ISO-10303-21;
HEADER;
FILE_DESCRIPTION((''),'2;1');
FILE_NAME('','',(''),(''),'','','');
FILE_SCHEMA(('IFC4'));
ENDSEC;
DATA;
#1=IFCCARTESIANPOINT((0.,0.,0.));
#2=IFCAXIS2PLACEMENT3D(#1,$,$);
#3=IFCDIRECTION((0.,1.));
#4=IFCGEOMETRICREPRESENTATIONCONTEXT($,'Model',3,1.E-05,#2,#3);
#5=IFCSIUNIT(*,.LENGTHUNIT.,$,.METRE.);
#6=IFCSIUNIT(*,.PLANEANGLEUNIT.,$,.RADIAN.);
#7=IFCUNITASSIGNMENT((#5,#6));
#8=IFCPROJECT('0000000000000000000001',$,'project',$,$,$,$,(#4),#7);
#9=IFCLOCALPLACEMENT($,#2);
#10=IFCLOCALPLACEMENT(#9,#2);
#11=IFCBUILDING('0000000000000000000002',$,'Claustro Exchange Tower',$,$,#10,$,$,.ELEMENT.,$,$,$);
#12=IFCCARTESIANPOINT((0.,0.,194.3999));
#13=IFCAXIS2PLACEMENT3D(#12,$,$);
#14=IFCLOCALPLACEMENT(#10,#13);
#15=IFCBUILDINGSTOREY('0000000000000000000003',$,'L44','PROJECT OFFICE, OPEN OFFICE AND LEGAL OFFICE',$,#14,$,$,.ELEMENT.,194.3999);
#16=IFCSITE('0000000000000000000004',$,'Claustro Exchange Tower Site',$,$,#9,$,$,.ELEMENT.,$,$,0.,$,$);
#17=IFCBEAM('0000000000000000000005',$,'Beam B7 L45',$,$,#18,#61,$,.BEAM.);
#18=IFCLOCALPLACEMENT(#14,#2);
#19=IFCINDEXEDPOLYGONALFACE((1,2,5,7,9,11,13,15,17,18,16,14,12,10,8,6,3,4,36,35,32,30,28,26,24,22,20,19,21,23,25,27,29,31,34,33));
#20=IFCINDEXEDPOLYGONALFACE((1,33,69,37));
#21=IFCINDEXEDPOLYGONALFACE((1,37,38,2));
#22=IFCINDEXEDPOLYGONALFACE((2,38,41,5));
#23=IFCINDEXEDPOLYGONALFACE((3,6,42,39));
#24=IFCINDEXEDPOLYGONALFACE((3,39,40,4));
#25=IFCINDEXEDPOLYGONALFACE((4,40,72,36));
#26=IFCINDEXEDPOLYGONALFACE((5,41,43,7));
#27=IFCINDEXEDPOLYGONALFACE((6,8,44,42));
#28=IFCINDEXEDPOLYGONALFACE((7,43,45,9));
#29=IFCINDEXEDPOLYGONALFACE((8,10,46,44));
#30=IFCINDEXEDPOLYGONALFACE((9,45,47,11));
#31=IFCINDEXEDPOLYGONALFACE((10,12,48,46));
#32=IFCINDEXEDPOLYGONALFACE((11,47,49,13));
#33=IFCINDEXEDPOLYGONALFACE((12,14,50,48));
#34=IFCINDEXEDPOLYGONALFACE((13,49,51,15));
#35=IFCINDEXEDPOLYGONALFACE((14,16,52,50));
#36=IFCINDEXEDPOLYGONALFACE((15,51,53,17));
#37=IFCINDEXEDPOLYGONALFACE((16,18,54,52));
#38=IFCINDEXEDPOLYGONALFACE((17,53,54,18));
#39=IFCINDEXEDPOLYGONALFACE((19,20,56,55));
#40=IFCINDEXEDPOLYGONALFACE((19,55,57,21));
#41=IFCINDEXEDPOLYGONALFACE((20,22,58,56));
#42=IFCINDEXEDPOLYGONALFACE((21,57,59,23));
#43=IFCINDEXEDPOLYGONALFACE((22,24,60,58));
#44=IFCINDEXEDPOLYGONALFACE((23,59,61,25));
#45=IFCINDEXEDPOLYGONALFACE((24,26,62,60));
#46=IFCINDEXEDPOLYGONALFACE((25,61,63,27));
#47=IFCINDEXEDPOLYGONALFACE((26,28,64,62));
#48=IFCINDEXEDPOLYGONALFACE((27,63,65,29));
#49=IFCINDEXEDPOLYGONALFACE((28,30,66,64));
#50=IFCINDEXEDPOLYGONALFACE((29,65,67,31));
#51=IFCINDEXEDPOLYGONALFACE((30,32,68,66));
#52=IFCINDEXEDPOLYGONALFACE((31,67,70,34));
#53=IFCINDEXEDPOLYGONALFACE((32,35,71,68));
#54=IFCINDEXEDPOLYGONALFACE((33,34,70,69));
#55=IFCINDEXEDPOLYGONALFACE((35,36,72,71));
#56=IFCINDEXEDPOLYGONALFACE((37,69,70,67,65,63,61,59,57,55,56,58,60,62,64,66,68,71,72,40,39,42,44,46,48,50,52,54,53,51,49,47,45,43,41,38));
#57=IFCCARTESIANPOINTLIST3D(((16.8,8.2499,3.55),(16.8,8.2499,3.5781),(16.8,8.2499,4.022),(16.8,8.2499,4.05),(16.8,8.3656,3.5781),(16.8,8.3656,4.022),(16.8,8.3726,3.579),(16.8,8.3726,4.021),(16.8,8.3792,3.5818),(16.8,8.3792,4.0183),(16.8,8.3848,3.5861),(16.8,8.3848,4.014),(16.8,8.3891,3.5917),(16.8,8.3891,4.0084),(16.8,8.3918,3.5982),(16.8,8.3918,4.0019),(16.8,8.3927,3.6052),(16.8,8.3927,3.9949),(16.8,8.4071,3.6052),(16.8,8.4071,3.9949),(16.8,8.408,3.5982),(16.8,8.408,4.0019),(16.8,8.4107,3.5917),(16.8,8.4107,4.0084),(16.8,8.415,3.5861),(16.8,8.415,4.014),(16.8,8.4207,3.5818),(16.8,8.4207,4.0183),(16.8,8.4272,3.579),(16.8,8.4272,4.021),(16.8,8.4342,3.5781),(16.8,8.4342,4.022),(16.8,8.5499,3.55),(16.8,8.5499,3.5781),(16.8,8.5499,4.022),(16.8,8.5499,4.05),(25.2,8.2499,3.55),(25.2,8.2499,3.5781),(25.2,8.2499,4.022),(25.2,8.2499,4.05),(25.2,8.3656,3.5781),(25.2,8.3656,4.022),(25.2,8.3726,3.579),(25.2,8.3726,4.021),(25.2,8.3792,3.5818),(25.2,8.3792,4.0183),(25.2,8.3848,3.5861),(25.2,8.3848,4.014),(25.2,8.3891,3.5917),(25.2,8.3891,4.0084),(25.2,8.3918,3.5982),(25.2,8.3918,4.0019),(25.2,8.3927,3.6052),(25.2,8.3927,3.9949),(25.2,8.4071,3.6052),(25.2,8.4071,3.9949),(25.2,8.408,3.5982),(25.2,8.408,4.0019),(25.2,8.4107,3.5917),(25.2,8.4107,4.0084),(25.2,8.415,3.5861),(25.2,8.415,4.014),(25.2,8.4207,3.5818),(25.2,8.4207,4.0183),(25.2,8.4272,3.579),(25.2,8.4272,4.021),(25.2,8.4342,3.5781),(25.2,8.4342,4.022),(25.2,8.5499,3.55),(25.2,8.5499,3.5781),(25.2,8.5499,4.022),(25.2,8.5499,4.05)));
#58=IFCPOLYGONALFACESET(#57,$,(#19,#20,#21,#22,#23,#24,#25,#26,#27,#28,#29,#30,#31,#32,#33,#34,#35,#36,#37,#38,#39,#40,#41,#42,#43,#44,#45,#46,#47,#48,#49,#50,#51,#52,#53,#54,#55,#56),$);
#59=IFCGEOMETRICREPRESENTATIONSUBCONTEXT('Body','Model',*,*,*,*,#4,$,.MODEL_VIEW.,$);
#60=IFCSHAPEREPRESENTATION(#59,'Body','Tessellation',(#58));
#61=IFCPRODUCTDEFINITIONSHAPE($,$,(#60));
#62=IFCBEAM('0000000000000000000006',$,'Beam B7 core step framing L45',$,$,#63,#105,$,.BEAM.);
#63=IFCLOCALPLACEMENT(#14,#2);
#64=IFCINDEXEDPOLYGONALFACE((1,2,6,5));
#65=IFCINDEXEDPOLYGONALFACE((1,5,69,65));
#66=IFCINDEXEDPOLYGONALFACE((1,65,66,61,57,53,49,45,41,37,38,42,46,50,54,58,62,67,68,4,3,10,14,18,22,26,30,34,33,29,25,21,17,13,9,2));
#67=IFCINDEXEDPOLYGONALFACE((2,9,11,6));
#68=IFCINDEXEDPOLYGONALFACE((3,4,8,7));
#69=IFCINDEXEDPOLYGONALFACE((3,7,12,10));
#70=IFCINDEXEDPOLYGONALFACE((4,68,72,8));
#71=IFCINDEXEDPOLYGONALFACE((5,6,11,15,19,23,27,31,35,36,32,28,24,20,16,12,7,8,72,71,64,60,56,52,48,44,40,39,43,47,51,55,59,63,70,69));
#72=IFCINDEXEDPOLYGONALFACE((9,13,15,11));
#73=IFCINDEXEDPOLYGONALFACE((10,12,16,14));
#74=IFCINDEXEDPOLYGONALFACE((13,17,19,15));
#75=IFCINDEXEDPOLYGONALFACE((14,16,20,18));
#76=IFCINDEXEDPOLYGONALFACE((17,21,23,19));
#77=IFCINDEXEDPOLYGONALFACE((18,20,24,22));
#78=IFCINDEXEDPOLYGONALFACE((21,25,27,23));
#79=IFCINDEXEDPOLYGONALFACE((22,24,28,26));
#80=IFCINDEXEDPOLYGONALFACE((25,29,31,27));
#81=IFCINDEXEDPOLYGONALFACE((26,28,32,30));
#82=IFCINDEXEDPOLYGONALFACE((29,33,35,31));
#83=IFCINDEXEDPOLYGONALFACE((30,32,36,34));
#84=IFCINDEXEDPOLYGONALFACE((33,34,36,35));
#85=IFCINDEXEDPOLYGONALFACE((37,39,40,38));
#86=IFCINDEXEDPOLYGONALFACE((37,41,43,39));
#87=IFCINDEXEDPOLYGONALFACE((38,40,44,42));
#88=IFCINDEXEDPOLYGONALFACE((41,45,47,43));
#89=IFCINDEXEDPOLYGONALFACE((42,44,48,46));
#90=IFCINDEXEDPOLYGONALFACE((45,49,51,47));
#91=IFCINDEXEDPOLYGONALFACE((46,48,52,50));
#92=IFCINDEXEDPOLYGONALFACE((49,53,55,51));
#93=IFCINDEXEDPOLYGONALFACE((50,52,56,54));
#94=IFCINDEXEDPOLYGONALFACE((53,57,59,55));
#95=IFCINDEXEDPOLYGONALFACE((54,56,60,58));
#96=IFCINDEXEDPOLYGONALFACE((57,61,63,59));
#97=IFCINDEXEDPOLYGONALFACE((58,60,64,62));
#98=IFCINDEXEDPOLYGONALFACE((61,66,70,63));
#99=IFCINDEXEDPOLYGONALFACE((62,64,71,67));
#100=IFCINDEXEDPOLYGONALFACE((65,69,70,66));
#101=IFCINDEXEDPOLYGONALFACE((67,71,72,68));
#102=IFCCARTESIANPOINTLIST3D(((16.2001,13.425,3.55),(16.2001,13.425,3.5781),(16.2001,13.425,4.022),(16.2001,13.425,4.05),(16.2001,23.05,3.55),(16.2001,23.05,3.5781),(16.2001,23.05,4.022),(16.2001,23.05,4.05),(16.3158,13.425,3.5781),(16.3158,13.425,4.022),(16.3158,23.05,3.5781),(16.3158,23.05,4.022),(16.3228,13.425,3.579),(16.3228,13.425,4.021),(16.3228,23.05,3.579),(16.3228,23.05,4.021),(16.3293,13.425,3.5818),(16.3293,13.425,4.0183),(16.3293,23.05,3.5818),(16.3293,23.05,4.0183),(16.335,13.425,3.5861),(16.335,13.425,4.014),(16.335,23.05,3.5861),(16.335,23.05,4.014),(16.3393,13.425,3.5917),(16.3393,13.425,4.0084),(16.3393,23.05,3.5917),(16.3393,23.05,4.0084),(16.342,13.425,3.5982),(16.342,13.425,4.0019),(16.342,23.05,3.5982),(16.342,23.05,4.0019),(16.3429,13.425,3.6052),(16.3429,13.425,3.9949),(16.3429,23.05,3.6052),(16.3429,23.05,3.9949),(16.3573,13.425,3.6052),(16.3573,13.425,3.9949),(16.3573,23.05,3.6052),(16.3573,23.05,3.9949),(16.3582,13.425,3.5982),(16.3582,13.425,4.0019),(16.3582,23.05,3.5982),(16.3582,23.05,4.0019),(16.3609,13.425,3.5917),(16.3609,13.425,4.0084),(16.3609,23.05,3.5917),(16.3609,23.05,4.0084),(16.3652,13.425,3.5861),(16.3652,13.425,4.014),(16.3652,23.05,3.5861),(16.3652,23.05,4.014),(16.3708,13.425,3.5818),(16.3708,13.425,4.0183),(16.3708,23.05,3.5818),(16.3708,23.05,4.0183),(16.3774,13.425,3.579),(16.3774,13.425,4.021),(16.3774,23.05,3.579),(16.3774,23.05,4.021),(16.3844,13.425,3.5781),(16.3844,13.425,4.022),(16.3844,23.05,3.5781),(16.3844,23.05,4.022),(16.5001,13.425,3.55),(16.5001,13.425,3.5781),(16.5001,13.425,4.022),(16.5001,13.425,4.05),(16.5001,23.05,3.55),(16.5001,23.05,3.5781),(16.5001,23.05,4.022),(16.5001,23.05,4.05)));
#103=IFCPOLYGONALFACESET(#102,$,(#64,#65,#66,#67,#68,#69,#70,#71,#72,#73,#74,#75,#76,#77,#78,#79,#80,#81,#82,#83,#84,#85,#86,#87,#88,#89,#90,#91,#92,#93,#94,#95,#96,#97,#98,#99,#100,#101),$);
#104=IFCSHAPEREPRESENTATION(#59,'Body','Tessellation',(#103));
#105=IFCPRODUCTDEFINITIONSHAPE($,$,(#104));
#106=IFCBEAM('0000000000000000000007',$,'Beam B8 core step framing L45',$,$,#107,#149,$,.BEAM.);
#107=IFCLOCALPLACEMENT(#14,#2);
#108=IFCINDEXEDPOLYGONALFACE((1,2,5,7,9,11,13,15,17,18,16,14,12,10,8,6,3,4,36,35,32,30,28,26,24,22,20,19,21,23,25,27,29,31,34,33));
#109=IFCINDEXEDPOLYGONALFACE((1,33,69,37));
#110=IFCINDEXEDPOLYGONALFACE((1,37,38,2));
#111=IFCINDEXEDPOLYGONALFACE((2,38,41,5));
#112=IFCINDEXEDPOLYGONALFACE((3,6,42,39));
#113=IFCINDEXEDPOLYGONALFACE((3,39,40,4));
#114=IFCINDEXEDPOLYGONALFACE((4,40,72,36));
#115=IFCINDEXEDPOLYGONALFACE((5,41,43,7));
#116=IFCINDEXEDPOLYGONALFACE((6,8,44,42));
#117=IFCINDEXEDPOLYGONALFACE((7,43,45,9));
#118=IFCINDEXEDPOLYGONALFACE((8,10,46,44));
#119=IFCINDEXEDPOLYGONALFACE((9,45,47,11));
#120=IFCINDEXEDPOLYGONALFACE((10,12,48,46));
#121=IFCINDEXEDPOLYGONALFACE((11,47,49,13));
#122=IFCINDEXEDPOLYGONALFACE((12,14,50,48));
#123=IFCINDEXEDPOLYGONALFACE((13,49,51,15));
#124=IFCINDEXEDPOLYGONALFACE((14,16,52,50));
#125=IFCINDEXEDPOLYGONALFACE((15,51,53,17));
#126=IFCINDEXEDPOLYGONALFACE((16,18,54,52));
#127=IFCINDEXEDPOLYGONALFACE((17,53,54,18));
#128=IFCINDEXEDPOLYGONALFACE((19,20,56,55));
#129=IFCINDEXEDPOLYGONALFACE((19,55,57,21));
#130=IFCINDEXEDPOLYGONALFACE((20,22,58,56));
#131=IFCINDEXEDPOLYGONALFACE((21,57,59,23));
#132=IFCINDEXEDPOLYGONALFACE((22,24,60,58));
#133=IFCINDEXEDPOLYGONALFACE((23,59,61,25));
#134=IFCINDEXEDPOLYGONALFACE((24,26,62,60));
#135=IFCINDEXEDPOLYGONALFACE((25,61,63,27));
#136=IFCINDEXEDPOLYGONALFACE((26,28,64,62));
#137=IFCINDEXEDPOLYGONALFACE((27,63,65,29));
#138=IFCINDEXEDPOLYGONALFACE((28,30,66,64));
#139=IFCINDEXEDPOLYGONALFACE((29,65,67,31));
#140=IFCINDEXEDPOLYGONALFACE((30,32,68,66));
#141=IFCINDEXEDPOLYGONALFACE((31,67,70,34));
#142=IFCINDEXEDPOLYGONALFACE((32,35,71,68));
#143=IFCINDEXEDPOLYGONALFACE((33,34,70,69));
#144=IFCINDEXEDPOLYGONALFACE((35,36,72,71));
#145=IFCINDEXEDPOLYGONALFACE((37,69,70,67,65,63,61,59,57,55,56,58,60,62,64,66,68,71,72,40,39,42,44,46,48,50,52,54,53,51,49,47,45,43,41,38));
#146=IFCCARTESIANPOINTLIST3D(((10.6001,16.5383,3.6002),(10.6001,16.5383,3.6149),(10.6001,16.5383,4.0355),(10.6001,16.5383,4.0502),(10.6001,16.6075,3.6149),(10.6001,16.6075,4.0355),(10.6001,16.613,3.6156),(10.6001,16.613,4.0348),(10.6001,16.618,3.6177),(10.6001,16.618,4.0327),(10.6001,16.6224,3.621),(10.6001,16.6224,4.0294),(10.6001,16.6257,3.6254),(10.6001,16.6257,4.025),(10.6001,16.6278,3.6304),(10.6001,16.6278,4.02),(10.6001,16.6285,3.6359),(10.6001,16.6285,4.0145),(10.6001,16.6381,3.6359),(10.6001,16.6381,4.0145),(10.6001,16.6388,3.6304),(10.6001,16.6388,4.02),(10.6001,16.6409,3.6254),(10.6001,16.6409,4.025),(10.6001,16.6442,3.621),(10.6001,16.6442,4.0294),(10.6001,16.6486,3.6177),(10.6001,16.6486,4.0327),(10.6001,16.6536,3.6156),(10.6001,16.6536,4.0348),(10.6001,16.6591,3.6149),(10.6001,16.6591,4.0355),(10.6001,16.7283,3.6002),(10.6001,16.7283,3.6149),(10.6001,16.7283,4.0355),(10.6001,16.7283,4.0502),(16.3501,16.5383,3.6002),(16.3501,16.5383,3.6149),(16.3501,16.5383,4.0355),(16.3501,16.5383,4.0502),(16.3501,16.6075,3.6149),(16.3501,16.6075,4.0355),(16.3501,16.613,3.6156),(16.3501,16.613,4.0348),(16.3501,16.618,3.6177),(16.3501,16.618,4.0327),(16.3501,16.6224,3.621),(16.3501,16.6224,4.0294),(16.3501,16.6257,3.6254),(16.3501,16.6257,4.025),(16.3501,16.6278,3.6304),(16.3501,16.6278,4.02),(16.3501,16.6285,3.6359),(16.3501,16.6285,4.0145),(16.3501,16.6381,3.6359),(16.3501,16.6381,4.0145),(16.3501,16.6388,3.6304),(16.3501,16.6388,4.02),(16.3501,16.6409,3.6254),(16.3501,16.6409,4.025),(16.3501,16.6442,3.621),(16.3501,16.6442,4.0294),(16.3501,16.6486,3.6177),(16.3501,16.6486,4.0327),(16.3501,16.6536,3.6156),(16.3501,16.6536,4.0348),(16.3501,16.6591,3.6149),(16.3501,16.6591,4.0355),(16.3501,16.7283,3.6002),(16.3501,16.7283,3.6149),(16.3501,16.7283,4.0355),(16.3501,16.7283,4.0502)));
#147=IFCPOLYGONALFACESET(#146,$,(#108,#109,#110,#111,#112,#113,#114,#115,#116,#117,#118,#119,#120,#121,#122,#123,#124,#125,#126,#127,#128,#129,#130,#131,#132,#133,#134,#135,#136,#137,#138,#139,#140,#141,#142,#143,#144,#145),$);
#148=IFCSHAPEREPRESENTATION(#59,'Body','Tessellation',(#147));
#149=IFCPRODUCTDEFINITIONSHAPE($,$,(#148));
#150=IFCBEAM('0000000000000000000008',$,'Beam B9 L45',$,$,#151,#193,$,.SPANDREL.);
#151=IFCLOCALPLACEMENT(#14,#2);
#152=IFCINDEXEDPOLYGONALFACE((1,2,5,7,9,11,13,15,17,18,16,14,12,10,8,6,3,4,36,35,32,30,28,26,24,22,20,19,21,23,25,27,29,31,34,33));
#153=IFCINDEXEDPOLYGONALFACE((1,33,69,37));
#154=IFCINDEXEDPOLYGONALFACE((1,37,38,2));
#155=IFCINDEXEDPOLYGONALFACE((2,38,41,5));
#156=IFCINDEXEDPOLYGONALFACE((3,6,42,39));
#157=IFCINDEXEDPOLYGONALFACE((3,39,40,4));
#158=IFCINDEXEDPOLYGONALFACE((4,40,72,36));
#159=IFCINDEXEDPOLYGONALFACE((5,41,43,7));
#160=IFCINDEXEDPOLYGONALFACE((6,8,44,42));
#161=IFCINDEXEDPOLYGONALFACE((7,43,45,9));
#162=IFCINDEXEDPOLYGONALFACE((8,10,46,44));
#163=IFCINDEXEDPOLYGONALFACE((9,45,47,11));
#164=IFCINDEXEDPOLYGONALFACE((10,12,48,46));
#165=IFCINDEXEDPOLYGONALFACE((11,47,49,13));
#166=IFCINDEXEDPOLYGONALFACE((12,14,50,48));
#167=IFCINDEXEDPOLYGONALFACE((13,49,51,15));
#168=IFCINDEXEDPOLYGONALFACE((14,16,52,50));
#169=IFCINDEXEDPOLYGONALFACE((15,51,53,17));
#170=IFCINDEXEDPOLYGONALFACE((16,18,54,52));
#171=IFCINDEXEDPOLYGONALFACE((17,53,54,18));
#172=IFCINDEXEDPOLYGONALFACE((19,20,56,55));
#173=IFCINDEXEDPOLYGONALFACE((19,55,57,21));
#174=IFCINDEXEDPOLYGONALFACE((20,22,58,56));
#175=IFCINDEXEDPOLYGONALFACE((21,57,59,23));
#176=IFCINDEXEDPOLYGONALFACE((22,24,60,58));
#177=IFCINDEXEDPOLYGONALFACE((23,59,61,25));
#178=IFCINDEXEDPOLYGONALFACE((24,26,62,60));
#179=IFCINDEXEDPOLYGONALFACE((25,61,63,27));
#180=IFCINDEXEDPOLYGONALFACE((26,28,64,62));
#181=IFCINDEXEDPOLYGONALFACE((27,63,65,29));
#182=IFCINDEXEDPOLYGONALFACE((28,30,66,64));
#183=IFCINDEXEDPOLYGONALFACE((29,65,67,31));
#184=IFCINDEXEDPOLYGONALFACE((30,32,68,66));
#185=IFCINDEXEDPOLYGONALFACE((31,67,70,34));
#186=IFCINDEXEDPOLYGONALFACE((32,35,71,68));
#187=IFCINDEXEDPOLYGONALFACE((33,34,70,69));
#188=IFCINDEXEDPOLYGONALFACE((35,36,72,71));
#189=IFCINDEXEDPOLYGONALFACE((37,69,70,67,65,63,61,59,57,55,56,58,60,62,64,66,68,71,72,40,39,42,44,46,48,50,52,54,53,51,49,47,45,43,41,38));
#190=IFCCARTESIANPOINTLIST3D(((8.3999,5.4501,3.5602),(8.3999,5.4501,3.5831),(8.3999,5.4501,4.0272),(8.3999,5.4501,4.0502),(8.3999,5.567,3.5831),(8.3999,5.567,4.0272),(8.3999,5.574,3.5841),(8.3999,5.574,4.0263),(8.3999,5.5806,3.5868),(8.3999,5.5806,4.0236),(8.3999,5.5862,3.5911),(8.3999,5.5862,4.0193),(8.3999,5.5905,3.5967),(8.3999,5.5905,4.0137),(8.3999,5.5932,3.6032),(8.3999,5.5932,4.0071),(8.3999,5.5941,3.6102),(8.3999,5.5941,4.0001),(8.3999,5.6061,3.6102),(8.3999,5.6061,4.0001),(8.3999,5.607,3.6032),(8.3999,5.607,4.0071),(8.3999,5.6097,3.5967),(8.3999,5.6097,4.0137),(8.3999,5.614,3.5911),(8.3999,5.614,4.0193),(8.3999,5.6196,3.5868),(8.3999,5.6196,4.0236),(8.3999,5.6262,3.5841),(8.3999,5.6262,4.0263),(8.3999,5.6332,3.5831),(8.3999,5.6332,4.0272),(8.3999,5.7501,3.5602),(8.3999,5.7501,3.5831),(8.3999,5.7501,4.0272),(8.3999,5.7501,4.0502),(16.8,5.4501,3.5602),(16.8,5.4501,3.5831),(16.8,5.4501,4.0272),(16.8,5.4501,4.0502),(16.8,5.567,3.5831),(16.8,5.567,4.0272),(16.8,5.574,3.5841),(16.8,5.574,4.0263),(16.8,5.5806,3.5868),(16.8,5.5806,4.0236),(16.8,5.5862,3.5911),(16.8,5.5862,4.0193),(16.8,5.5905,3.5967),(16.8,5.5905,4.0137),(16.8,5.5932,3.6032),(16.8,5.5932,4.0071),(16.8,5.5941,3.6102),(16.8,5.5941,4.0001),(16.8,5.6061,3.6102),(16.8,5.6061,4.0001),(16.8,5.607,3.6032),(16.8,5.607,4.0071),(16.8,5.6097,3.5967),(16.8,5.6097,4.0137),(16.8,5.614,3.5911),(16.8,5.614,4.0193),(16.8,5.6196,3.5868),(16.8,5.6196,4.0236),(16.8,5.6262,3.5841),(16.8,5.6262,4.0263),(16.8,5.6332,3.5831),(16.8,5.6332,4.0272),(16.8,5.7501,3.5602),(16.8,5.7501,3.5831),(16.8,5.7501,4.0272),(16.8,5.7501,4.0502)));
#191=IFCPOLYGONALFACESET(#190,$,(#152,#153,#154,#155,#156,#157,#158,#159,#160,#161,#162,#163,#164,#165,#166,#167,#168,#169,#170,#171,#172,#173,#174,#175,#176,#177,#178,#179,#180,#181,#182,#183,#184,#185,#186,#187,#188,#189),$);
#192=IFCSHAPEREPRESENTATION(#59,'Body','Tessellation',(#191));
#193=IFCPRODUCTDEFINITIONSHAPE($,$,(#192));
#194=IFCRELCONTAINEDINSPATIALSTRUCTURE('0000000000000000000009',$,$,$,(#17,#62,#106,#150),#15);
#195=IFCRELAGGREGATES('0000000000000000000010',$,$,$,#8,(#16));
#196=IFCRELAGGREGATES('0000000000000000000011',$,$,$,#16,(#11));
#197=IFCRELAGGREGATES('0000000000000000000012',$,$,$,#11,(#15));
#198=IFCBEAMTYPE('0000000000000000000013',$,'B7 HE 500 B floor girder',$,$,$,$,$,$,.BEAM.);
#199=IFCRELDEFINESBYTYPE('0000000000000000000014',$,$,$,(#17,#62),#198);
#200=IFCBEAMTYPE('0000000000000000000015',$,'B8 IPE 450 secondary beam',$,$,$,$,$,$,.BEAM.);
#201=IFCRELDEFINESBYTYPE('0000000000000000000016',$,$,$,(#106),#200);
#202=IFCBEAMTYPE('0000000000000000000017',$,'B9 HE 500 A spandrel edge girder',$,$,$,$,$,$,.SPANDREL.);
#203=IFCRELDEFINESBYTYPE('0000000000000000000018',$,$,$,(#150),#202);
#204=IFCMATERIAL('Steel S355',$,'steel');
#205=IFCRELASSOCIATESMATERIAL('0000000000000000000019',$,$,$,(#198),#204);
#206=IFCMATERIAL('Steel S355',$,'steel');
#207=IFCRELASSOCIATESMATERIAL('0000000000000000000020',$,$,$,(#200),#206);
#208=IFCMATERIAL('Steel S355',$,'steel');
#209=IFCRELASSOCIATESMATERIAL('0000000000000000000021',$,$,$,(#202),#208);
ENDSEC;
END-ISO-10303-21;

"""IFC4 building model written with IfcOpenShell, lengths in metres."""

from ifc_helpers import new_model, si_unit, direction, frame, origin, origin_2d, place, context, subcontext, project, spatial, i_section, extrude, material, material_profile, profile_set, type_object, element, save


model = new_model("IFC4")

# Units and contexts
model_context = context("Model", 3, precision=1e-05, world=origin(), true_north=direction((0.0, 1.0)))
body_context = subcontext(model_context, "Body", "Model", "MODEL_VIEW")
ifc_project = project(units=[si_unit("LENGTHUNIT", "METRE"), si_unit("PLANEANGLEUNIT", "RADIAN")], contexts=[model_context])

# Site, building, storey
site_placement = place(None, origin())
site = spatial("IfcSite", under=ifc_project, at=site_placement, Name="Claustro Exchange Tower Site", CompositionType="ELEMENT", RefElevation=0.0)
building_placement = place(site_placement, origin())
building = spatial("IfcBuilding", under=site, at=building_placement, Name="Claustro Exchange Tower", CompositionType="ELEMENT")
storey_placement = place(building_placement, frame((0.0, 0.0, 194.3999)))
storey = spatial("IfcBuildingStorey", under=building, at=storey_placement, Name="L44", Description="PROJECT OFFICE, OPEN OFFICE AND LEGAL OFFICE", CompositionType="ELEMENT", Elevation=194.3999)

# Beams
ifc_material_1 = material(Name="Steel S355", Category="steel")
ifc_material_profile_1 = material_profile(ifc_material_1, i_section(OverallWidth=0.3, OverallDepth=0.5, WebThickness=0.0144, FlangeThickness=0.0281, FilletRadius=0.0271, at=origin_2d()), Name="HE 500 B")
ifc_profile_set_1 = profile_set([ifc_material_profile_1], Name="Steel S355")
beam_type_1 = type_object("IfcBeamType", Name="B7 HE 500 B floor girder", PredefinedType="BEAM", material=ifc_profile_set_1)
beam_1_placement = place(storey_placement, frame((16.8, 8.3999, 3.8), z_axis=(1.0, 0.0, 0.0), x_axis=(0.0, 1.0, 0.0)))
element("IfcBeam", 1, at=beam_1_placement, inside=storey, type_object=beam_type_1, Name="Beam B7 L45", PredefinedType="BEAM", context=body_context, shape_type="SweptSolid", body=[
    extrude(i_section(OverallWidth=0.3, OverallDepth=0.5, WebThickness=0.0144, FlangeThickness=0.0281, FilletRadius=0.0271, at=origin_2d()), origin(), (0.0, 0.0, 1.0), 8.3999),
])
beam_2_placement = place(storey_placement, frame((16.3501, 13.425, 3.8), z_axis=(0.0, 1.0, 0.0), x_axis=(-1.0, 0.0, 0.0)))
element("IfcBeam", 2, at=beam_2_placement, inside=storey, type_object=beam_type_1, Name="Beam B7 core step framing L45", PredefinedType="BEAM", context=body_context, shape_type="SweptSolid", body=[
    extrude(i_section(OverallWidth=0.3, OverallDepth=0.5, WebThickness=0.0144, FlangeThickness=0.0281, FilletRadius=0.0271, at=origin_2d()), origin(), (0.0, 0.0, 1.0), 9.625),
])
ifc_material_2 = material(Name="Steel S355", Category="steel")
ifc_material_profile_2 = material_profile(ifc_material_2, i_section(OverallWidth=0.1899, OverallDepth=0.45, WebThickness=0.0095, FlangeThickness=0.0146, FilletRadius=0.021, at=origin_2d()), Name="IPE 450")
ifc_profile_set_2 = profile_set([ifc_material_profile_2], Name="Steel S355")
beam_type_2 = type_object("IfcBeamType", Name="B8 IPE 450 secondary beam", PredefinedType="BEAM", material=ifc_profile_set_2)
beam_3_placement = place(storey_placement, frame((10.6001, 16.6333, 3.8252), z_axis=(1.0, 0.0, 0.0), x_axis=(0.0, 1.0, 0.0)))
element("IfcBeam", 3, at=beam_3_placement, inside=storey, type_object=beam_type_2, Name="Beam B8 core step framing L45", PredefinedType="BEAM", context=body_context, shape_type="SweptSolid", body=[
    extrude(i_section(OverallWidth=0.1899, OverallDepth=0.45, WebThickness=0.0095, FlangeThickness=0.0146, FilletRadius=0.021, at=origin_2d()), origin(), (0.0, 0.0, 1.0), 5.75),
])
ifc_material_3 = material(Name="Steel S355", Category="steel")
ifc_material_profile_3 = material_profile(ifc_material_3, i_section(OverallWidth=0.3, OverallDepth=0.49, WebThickness=0.012, FlangeThickness=0.0229, FilletRadius=0.0271, at=origin_2d()), Name="HE 500 A")
ifc_profile_set_3 = profile_set([ifc_material_profile_3], Name="Steel S355")
beam_type_3 = type_object("IfcBeamType", Name="B9 HE 500 A spandrel edge girder", PredefinedType="SPANDREL", material=ifc_profile_set_3)
beam_4_placement = place(storey_placement, frame((8.3999, 5.6001, 3.8052), z_axis=(1.0, 0.0, 0.0), x_axis=(0.0, 1.0, 0.0)))
element("IfcBeam", 4, at=beam_4_placement, inside=storey, type_object=beam_type_3, Name="Beam B9 L45", PredefinedType="SPANDREL", context=body_context, shape_type="SweptSolid", body=[
    extrude(i_section(OverallWidth=0.3, OverallDepth=0.49, WebThickness=0.012, FlangeThickness=0.0229, FilletRadius=0.0271, at=origin_2d()), origin(), (0.0, 0.0, 1.0), 8.4001),
])

save(model, "model.ifc")
